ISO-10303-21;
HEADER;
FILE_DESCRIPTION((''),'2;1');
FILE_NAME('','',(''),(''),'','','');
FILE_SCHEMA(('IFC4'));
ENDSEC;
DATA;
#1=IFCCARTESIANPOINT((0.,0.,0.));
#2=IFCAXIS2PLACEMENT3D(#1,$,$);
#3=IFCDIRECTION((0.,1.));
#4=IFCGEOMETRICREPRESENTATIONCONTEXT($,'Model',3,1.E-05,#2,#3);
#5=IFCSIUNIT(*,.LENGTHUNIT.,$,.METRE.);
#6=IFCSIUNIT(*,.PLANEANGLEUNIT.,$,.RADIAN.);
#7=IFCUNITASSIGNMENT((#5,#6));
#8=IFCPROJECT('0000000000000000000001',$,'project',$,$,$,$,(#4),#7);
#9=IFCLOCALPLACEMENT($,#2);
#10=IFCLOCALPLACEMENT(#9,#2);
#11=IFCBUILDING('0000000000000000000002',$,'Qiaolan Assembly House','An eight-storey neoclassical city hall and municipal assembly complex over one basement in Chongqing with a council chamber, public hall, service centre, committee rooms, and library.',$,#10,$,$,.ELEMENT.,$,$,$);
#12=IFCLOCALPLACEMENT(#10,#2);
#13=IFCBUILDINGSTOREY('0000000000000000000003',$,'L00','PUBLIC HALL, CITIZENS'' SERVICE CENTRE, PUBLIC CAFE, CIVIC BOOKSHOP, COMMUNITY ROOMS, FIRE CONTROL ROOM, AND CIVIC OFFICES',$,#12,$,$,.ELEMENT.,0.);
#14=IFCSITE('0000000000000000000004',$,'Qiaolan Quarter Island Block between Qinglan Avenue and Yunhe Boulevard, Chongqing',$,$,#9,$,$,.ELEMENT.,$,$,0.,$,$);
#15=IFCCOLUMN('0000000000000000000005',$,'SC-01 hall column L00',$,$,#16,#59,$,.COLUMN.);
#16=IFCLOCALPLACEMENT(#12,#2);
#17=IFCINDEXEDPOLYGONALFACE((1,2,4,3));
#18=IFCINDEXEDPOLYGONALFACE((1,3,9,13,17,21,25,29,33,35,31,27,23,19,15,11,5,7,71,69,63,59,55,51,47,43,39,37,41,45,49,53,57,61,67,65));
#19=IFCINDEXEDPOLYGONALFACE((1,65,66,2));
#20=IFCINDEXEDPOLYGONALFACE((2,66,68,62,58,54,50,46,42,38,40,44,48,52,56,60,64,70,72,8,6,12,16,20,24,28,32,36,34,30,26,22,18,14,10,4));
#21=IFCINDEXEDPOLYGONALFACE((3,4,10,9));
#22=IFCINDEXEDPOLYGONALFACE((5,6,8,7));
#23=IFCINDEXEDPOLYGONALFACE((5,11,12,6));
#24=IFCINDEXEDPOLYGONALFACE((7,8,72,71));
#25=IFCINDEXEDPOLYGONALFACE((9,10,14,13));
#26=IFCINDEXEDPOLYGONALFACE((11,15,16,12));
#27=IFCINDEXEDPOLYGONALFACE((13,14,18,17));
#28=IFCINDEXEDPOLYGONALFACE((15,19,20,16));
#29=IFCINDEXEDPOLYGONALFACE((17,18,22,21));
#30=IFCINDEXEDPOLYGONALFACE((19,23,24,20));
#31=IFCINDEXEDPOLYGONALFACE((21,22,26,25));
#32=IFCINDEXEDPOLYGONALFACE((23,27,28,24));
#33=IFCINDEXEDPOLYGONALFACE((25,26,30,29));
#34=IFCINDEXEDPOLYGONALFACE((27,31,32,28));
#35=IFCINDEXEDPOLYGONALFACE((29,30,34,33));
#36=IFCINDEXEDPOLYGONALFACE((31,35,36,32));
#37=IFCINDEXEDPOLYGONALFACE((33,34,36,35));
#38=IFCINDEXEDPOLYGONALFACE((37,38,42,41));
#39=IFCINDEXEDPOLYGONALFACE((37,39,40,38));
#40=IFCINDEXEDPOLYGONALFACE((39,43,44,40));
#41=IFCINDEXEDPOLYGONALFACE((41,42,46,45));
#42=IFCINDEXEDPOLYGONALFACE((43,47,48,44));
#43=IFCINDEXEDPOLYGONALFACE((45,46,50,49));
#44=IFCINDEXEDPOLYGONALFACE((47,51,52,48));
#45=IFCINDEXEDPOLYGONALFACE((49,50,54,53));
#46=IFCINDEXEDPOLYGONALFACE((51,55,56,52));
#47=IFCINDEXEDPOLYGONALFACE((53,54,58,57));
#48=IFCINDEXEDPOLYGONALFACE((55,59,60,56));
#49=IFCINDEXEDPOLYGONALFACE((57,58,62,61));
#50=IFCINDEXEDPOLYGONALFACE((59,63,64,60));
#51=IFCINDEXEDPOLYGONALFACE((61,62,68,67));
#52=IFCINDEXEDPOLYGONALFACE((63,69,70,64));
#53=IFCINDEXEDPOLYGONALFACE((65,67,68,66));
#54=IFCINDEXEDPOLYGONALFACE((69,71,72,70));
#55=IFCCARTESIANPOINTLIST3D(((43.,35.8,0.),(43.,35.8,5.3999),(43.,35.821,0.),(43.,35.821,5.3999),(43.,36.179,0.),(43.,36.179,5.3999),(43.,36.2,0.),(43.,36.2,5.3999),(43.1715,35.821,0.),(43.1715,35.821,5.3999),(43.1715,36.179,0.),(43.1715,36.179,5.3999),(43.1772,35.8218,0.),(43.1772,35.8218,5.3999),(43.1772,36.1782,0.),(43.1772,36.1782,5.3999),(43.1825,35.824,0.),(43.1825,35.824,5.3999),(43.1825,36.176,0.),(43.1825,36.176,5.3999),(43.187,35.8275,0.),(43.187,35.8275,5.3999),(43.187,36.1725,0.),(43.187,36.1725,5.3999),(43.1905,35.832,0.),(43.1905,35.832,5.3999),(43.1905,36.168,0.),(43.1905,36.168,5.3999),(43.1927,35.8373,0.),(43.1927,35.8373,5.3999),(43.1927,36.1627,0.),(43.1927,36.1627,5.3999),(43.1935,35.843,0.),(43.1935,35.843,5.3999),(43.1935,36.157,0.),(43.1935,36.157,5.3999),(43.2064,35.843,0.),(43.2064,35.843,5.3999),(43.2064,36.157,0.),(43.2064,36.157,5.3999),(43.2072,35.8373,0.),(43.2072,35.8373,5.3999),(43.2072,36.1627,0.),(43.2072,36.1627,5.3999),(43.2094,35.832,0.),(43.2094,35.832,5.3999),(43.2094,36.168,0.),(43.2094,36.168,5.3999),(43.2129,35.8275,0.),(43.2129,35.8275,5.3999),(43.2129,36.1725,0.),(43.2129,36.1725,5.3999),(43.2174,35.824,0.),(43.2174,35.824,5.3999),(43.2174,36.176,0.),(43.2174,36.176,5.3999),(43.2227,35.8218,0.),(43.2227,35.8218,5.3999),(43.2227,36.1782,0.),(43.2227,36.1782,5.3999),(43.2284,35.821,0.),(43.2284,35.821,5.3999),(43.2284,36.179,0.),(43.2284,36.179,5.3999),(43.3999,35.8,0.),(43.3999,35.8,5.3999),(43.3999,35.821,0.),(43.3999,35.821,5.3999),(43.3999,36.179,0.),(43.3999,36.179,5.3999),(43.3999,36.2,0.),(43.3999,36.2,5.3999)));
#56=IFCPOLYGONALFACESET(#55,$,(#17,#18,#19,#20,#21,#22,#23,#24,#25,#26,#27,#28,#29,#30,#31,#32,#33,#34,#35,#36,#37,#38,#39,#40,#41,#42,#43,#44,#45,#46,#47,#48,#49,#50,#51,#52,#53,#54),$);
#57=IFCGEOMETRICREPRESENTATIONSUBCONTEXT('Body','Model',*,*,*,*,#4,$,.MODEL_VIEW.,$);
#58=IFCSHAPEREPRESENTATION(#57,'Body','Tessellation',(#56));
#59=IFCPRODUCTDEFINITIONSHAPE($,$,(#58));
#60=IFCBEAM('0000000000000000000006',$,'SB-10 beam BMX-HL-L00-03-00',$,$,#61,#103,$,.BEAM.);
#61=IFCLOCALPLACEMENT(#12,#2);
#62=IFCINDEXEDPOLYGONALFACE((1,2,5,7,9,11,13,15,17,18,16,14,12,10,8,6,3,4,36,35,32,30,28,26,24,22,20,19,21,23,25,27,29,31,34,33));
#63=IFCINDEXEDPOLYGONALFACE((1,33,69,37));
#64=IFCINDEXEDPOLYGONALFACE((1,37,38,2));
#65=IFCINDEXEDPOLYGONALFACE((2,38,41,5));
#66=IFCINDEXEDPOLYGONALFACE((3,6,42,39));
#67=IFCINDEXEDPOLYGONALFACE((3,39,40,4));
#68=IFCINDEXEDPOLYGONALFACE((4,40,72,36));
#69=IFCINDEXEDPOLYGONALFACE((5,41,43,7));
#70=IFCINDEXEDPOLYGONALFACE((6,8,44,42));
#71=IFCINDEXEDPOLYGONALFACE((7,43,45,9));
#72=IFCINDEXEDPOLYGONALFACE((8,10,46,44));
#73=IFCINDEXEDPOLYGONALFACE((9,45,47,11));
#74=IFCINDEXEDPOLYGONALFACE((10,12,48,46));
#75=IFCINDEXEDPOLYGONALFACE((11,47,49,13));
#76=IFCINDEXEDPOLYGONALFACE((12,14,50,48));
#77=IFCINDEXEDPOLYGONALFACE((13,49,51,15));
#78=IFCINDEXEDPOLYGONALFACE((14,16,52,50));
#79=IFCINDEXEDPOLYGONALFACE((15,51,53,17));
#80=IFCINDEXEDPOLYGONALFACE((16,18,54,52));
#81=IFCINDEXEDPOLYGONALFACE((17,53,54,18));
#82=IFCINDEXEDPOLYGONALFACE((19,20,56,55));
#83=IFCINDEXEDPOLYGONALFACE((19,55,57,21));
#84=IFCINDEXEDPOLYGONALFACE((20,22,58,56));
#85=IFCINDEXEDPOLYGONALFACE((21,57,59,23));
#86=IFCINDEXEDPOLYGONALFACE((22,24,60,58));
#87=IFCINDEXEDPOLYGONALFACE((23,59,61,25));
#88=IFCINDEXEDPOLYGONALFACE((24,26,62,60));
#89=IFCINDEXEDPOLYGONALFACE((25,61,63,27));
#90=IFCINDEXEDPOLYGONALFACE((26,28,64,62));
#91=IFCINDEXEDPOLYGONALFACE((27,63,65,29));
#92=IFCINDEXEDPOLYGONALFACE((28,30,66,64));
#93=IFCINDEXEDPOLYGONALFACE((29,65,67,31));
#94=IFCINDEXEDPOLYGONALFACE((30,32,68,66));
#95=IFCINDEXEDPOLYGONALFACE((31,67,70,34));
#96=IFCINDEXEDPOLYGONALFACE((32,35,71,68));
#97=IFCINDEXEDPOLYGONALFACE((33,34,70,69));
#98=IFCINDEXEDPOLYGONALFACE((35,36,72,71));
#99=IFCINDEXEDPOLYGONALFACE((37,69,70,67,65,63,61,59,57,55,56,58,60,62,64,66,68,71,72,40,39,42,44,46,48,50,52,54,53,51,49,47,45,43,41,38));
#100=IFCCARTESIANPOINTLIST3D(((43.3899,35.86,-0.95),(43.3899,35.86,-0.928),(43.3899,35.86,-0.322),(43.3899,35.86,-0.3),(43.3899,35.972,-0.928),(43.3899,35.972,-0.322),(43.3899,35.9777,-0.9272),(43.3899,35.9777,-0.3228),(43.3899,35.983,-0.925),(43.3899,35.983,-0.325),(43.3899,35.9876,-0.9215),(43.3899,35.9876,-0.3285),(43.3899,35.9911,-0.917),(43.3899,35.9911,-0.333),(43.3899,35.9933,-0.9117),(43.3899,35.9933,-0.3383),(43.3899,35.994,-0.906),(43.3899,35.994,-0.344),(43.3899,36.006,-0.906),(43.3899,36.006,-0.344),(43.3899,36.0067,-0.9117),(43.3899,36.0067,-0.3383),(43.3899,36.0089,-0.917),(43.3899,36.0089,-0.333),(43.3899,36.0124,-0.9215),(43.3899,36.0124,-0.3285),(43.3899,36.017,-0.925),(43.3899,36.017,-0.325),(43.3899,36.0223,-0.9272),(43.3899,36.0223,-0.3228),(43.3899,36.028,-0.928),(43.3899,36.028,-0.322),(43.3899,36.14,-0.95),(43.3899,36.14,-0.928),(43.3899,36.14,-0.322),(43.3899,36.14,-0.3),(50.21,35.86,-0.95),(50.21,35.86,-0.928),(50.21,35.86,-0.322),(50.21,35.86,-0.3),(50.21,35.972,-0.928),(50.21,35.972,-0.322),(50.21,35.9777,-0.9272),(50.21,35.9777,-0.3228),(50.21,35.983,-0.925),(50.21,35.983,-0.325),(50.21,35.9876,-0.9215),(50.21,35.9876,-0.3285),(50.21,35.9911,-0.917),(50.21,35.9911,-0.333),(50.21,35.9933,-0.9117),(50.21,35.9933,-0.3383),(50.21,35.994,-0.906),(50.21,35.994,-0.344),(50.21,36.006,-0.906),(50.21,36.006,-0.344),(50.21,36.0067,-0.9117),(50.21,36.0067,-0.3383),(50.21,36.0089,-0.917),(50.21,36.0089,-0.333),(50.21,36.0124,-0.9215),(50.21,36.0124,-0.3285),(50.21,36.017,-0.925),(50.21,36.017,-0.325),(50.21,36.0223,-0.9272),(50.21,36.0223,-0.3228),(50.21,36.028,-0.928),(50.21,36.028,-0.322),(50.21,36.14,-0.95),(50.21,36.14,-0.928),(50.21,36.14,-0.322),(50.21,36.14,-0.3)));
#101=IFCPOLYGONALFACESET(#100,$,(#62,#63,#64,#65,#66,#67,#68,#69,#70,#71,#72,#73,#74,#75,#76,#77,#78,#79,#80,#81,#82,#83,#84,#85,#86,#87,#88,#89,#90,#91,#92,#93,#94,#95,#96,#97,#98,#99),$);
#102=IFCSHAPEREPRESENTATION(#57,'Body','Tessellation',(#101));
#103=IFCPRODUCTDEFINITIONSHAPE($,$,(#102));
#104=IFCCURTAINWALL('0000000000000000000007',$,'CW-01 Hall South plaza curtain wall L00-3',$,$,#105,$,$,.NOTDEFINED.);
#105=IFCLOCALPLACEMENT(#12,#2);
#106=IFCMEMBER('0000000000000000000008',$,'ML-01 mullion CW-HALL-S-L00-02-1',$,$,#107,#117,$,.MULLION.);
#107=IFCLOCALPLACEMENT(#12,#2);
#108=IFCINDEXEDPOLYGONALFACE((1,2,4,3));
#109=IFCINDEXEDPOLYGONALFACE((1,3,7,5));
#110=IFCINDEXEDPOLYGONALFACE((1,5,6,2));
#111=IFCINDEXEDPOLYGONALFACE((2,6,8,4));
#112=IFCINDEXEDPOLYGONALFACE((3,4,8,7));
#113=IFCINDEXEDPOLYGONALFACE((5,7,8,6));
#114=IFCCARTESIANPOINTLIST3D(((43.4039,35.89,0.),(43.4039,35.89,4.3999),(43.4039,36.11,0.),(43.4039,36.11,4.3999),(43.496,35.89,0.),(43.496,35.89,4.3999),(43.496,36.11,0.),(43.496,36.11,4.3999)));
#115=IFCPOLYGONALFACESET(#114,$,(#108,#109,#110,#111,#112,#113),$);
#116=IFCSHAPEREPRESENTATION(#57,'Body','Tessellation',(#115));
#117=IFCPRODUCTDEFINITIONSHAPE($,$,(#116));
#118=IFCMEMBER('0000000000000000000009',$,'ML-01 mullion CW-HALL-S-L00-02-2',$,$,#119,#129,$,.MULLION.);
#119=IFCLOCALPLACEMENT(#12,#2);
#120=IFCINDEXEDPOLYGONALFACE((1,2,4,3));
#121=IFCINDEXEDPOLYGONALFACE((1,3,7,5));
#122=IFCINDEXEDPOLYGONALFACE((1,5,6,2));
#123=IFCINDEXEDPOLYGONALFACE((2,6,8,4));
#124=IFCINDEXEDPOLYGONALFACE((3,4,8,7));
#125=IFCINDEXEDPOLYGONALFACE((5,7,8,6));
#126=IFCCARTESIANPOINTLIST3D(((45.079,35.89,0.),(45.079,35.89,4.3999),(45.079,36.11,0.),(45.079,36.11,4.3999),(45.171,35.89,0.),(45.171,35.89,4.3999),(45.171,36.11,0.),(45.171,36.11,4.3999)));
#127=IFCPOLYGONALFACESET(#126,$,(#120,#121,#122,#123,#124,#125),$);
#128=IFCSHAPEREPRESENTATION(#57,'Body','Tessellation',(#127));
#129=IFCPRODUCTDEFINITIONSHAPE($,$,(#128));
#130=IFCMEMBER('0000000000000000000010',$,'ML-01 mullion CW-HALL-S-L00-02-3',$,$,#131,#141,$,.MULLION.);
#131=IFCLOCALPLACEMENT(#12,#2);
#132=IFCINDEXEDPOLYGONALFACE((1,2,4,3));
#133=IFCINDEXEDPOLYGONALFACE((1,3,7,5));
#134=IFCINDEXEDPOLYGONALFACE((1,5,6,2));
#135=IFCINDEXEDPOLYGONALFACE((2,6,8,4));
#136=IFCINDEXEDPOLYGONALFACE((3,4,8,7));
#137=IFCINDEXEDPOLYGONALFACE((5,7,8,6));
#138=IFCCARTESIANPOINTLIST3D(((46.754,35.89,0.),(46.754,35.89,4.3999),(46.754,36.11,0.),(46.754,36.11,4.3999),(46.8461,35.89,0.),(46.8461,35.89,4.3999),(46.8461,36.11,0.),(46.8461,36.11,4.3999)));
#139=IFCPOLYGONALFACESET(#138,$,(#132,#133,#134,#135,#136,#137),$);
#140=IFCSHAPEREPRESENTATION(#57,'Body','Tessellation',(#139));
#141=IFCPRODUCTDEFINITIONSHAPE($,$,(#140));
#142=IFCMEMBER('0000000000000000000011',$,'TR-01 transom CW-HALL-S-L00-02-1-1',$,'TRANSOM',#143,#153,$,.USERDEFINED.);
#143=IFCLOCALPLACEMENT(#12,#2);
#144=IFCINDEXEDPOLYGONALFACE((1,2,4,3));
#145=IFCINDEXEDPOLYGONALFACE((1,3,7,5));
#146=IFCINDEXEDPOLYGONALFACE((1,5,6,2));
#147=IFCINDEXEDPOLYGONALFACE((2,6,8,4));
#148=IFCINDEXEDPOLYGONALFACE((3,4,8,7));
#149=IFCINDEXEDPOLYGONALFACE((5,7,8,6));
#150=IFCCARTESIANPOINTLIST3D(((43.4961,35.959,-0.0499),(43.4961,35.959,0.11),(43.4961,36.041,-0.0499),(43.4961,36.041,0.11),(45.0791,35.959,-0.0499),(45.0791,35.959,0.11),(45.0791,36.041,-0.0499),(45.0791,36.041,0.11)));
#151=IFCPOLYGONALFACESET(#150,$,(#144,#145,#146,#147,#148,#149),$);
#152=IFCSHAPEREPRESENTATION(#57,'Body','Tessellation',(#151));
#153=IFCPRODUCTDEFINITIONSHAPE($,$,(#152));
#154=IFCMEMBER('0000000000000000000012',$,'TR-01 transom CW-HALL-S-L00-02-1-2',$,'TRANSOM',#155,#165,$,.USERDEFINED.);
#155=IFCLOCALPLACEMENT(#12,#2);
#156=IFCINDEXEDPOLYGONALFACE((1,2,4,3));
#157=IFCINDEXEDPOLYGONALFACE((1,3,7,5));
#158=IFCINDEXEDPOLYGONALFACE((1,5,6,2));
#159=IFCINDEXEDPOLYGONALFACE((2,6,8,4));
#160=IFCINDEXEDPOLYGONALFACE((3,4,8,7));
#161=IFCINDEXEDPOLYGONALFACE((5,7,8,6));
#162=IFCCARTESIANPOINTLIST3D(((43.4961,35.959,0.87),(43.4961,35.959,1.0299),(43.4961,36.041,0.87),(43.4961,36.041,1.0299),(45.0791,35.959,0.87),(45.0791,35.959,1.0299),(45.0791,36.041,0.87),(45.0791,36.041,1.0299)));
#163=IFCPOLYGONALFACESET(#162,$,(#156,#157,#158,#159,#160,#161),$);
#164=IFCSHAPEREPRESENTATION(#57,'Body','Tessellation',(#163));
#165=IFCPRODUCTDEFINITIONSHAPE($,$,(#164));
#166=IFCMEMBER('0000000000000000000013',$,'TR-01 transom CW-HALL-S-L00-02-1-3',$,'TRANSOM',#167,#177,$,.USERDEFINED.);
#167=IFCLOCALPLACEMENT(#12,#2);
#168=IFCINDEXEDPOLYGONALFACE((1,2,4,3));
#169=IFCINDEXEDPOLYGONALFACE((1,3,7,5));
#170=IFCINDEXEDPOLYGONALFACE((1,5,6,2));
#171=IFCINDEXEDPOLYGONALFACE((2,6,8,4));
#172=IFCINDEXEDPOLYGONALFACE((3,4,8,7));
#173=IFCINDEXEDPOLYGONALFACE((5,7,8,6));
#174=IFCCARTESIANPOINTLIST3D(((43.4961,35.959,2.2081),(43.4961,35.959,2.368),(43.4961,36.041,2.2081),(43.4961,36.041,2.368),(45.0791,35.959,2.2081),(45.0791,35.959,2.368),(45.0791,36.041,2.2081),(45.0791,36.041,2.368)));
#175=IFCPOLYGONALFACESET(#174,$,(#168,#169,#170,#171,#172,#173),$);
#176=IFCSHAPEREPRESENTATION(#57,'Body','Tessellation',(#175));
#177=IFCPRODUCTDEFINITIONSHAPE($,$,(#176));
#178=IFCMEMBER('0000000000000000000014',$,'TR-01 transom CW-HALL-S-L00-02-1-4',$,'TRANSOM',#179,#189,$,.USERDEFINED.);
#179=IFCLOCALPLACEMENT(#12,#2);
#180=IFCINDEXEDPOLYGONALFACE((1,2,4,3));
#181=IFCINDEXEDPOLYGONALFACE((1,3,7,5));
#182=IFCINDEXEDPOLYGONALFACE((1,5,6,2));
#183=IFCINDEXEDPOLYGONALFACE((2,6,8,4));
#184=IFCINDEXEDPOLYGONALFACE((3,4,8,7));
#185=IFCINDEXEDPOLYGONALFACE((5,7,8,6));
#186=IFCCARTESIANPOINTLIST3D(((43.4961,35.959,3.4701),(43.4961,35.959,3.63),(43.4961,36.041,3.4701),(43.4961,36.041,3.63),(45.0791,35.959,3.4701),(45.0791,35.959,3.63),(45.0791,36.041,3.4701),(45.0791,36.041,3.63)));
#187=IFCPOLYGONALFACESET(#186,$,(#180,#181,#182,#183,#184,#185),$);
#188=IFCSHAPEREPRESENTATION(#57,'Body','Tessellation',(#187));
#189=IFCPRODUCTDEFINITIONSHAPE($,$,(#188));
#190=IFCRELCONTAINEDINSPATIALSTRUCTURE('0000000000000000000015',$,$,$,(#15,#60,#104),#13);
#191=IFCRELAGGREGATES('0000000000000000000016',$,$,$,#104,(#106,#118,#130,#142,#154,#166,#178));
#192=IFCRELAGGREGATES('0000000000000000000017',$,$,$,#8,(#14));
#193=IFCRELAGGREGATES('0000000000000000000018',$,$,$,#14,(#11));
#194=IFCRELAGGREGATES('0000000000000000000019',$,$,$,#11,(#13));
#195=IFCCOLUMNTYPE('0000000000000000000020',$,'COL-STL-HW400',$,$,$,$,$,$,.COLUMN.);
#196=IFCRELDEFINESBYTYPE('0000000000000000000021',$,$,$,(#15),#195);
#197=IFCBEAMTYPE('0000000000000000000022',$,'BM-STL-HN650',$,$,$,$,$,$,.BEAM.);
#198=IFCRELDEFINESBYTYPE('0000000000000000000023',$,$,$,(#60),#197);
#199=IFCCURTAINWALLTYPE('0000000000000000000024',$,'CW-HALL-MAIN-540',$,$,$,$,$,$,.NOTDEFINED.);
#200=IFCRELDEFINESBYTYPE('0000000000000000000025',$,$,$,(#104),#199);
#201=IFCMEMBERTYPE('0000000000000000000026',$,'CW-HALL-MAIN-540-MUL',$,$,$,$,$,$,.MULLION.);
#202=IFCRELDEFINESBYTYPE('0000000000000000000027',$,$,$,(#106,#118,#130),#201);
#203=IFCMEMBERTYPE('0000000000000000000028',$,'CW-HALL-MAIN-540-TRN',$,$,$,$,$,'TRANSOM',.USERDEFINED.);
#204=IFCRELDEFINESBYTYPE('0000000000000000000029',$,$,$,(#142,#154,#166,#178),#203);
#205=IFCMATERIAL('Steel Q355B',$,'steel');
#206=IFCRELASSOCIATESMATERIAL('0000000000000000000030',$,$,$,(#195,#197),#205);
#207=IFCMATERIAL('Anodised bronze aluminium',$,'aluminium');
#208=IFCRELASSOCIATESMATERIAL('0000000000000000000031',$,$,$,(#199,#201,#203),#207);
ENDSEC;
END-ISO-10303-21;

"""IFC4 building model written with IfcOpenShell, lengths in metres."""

from ifc_helpers import new_model, si_unit, direction, frame, origin, origin_2d, place, context, subcontext, project, spatial, rectangle, i_section, extrude, material, material_profile, profile_set, type_object, element, aggregate, save


model = new_model("IFC4")

# Units and contexts
model_context = context("Model", 3, precision=1e-05, world=origin(), true_north=direction((0.0, 1.0)))
body_context = subcontext(model_context, "Body", "Model", "MODEL_VIEW")
ifc_project = project(units=[si_unit("LENGTHUNIT", "METRE"), si_unit("PLANEANGLEUNIT", "RADIAN")], contexts=[model_context])

# Site, building, storey
site_placement = place(None, origin())
site = spatial("IfcSite", under=ifc_project, at=site_placement, Name="Qiaolan Quarter Island Block between Qinglan Avenue and Yunhe Boulevard, Chongqing", CompositionType="ELEMENT", RefElevation=0.0)
building_placement = place(site_placement, origin())
building = spatial("IfcBuilding", under=site, at=building_placement, Name="Qiaolan Assembly House", Description="An eight-storey neoclassical city hall and municipal assembly complex over one basement in Chongqing with a council chamber, public hall, service centre, committee rooms, and library.", CompositionType="ELEMENT")
storey_placement = place(building_placement, origin())
storey = spatial("IfcBuildingStorey", under=building, at=storey_placement, Name="L00", Description="PUBLIC HALL, CITIZENS' SERVICE CENTRE, PUBLIC CAFE, CIVIC BOOKSHOP, COMMUNITY ROOMS, FIRE CONTROL ROOM, AND CIVIC OFFICES", CompositionType="ELEMENT", Elevation=0.0)

# Column
ifc_material_1 = material(Name="Steel Q355B", Category="steel")
ifc_material_profile_1 = material_profile(ifc_material_1, i_section(OverallWidth=0.3999, OverallDepth=0.3999, WebThickness=0.0129, FlangeThickness=0.021, FilletRadius=0.022, at=origin_2d()), Name="HW 400x400x13x21")
ifc_profile_set_1 = profile_set([ifc_material_profile_1], Name="Steel Q355B")
column_type = type_object("IfcColumnType", Name="COL-STL-HW400", PredefinedType="COLUMN", material=ifc_profile_set_1)
column_placement = place(storey_placement, frame((43.2, 36.0, 0.0), z_axis=(0.0, 0.0, 1.0), x_axis=(1.0, 0.0, 0.0)))
element("IfcColumn", 1, at=column_placement, inside=storey, type_object=column_type, Name="SC-01 hall column L00", PredefinedType="COLUMN", context=body_context, shape_type="SweptSolid", body=[
    extrude(i_section(OverallWidth=0.3999, OverallDepth=0.3999, WebThickness=0.0129, FlangeThickness=0.021, FilletRadius=0.022, at=origin_2d()), origin(), (0.0, 0.0, 1.0), 5.3999),
])

# Beam
ifc_material_profile_2 = material_profile(ifc_material_1, i_section(OverallWidth=0.28, OverallDepth=0.6499, WebThickness=0.012, FlangeThickness=0.022, FilletRadius=0.022, at=origin_2d()), Name="HN 650x280x12x22")
ifc_profile_set_2 = profile_set([ifc_material_profile_2], Name="Steel Q355B")
beam_type = type_object("IfcBeamType", Name="BM-STL-HN650", PredefinedType="BEAM", material=ifc_profile_set_2)
beam_placement = place(storey_placement, frame((43.3899, 36.0, -0.625), z_axis=(1.0, 0.0, 0.0), x_axis=(0.0, 1.0, 0.0)))
element("IfcBeam", 2, at=beam_placement, inside=storey, type_object=beam_type, Name="SB-10 beam BMX-HL-L00-03-00", PredefinedType="BEAM", context=body_context, shape_type="SweptSolid", body=[
    extrude(i_section(OverallWidth=0.28, OverallDepth=0.6499, WebThickness=0.012, FlangeThickness=0.022, FilletRadius=0.022, at=origin_2d()), origin(), (0.0, 0.0, 1.0), 6.8201),
])

# Curtain wall, members
ifc_material_2 = material(Name="Anodised bronze aluminium", Category="aluminium")
curtain_wall_type = type_object("IfcCurtainWallType", Name="CW-HALL-MAIN-540", PredefinedType="NOTDEFINED", material=ifc_material_2)
curtain_wall_placement = place(storey_placement, origin())
curtain_wall = element("IfcCurtainWall", 3, at=curtain_wall_placement, inside=storey, type_object=curtain_wall_type, Name="CW-01 Hall South plaza curtain wall L00-3", PredefinedType="NOTDEFINED")
ifc_material_profile_3 = material_profile(ifc_material_2, rectangle(XDim=0.092, YDim=0.22, at=origin_2d()), Name="MUL 92x220")
ifc_profile_set_3 = profile_set([ifc_material_profile_3], Name="Anodised bronze aluminium")
member_type_1 = type_object("IfcMemberType", Name="CW-HALL-MAIN-540-MUL", PredefinedType="MULLION", material=ifc_profile_set_3)
member_1_placement = place(storey_placement, frame((43.45, 36.0, 0.0), z_axis=(0.0, 0.0, 1.0), x_axis=(1.0, 0.0, 0.0)))
member_1 = element("IfcMember", 4, at=member_1_placement, type_object=member_type_1, Name="ML-01 mullion CW-HALL-S-L00-02-1", PredefinedType="MULLION", context=body_context, shape_type="SweptSolid", body=[
    extrude(rectangle(XDim=0.092, YDim=0.22, at=origin_2d()), origin(), (0.0, 0.0, 1.0), 4.3999),
])
member_2_placement = place(storey_placement, frame((45.125, 36.0, 0.0), z_axis=(0.0, 0.0, 1.0), x_axis=(1.0, 0.0, 0.0)))
member_2 = element("IfcMember", 5, at=member_2_placement, type_object=member_type_1, Name="ML-01 mullion CW-HALL-S-L00-02-2", PredefinedType="MULLION", context=body_context, shape_type="SweptSolid", body=[
    extrude(rectangle(XDim=0.092, YDim=0.22, at=origin_2d()), origin(), (0.0, 0.0, 1.0), 4.3999),
])
member_3_placement = place(storey_placement, frame((46.8, 36.0, 0.0), z_axis=(0.0, 0.0, 1.0), x_axis=(1.0, 0.0, 0.0)))
member_3 = element("IfcMember", 6, at=member_3_placement, type_object=member_type_1, Name="ML-01 mullion CW-HALL-S-L00-02-3", PredefinedType="MULLION", context=body_context, shape_type="SweptSolid", body=[
    extrude(rectangle(XDim=0.092, YDim=0.22, at=origin_2d()), origin(), (0.0, 0.0, 1.0), 4.3999),
])
ifc_material_profile_4 = material_profile(ifc_material_2, rectangle(XDim=0.082, YDim=0.1599, at=origin_2d()), Name="TRN 82x160")
ifc_profile_set_4 = profile_set([ifc_material_profile_4], Name="Anodised bronze aluminium")
member_type_2 = type_object("IfcMemberType", Name="CW-HALL-MAIN-540-TRN", ElementType="TRANSOM", PredefinedType="USERDEFINED", material=ifc_profile_set_4)
member_4_placement = place(storey_placement, frame((43.4961, 36.0, 0.03), z_axis=(1.0, 0.0, 0.0), x_axis=(0.0, 1.0, 0.0)))
member_4 = element("IfcMember", 7, at=member_4_placement, type_object=member_type_2, Name="TR-01 transom CW-HALL-S-L00-02-1-1", ObjectType="TRANSOM", PredefinedType="USERDEFINED", context=body_context, shape_type="SweptSolid", body=[
    extrude(rectangle(XDim=0.082, YDim=0.1599, at=origin_2d()), origin(), (0.0, 0.0, 1.0), 1.583),
])
member_5_placement = place(storey_placement, frame((43.4961, 36.0, 0.95), z_axis=(1.0, 0.0, 0.0), x_axis=(0.0, 1.0, 0.0)))
member_5 = element("IfcMember", 8, at=member_5_placement, type_object=member_type_2, Name="TR-01 transom CW-HALL-S-L00-02-1-2", ObjectType="TRANSOM", PredefinedType="USERDEFINED", context=body_context, shape_type="SweptSolid", body=[
    extrude(rectangle(XDim=0.082, YDim=0.1599, at=origin_2d()), origin(), (0.0, 0.0, 1.0), 1.583),
])
member_6_placement = place(storey_placement, frame((43.4961, 36.0, 2.2881), z_axis=(1.0, 0.0, 0.0), x_axis=(0.0, 1.0, 0.0)))
member_6 = element("IfcMember", 9, at=member_6_placement, type_object=member_type_2, Name="TR-01 transom CW-HALL-S-L00-02-1-3", ObjectType="TRANSOM", PredefinedType="USERDEFINED", context=body_context, shape_type="SweptSolid", body=[
    extrude(rectangle(XDim=0.082, YDim=0.1599, at=origin_2d()), origin(), (0.0, 0.0, 1.0), 1.583),
])
member_7_placement = place(storey_placement, frame((43.4961, 36.0, 3.55), z_axis=(1.0, 0.0, 0.0), x_axis=(0.0, 1.0, 0.0)))
member_7 = element("IfcMember", 10, at=member_7_placement, type_object=member_type_2, Name="TR-01 transom CW-HALL-S-L00-02-1-4", ObjectType="TRANSOM", PredefinedType="USERDEFINED", context=body_context, shape_type="SweptSolid", body=[
    extrude(rectangle(XDim=0.082, YDim=0.1599, at=origin_2d()), origin(), (0.0, 0.0, 1.0), 1.583),
])
aggregate(curtain_wall, [member_1, member_2, member_3, member_4, member_5, member_6, member_7])

save(model, "model.ifc")
